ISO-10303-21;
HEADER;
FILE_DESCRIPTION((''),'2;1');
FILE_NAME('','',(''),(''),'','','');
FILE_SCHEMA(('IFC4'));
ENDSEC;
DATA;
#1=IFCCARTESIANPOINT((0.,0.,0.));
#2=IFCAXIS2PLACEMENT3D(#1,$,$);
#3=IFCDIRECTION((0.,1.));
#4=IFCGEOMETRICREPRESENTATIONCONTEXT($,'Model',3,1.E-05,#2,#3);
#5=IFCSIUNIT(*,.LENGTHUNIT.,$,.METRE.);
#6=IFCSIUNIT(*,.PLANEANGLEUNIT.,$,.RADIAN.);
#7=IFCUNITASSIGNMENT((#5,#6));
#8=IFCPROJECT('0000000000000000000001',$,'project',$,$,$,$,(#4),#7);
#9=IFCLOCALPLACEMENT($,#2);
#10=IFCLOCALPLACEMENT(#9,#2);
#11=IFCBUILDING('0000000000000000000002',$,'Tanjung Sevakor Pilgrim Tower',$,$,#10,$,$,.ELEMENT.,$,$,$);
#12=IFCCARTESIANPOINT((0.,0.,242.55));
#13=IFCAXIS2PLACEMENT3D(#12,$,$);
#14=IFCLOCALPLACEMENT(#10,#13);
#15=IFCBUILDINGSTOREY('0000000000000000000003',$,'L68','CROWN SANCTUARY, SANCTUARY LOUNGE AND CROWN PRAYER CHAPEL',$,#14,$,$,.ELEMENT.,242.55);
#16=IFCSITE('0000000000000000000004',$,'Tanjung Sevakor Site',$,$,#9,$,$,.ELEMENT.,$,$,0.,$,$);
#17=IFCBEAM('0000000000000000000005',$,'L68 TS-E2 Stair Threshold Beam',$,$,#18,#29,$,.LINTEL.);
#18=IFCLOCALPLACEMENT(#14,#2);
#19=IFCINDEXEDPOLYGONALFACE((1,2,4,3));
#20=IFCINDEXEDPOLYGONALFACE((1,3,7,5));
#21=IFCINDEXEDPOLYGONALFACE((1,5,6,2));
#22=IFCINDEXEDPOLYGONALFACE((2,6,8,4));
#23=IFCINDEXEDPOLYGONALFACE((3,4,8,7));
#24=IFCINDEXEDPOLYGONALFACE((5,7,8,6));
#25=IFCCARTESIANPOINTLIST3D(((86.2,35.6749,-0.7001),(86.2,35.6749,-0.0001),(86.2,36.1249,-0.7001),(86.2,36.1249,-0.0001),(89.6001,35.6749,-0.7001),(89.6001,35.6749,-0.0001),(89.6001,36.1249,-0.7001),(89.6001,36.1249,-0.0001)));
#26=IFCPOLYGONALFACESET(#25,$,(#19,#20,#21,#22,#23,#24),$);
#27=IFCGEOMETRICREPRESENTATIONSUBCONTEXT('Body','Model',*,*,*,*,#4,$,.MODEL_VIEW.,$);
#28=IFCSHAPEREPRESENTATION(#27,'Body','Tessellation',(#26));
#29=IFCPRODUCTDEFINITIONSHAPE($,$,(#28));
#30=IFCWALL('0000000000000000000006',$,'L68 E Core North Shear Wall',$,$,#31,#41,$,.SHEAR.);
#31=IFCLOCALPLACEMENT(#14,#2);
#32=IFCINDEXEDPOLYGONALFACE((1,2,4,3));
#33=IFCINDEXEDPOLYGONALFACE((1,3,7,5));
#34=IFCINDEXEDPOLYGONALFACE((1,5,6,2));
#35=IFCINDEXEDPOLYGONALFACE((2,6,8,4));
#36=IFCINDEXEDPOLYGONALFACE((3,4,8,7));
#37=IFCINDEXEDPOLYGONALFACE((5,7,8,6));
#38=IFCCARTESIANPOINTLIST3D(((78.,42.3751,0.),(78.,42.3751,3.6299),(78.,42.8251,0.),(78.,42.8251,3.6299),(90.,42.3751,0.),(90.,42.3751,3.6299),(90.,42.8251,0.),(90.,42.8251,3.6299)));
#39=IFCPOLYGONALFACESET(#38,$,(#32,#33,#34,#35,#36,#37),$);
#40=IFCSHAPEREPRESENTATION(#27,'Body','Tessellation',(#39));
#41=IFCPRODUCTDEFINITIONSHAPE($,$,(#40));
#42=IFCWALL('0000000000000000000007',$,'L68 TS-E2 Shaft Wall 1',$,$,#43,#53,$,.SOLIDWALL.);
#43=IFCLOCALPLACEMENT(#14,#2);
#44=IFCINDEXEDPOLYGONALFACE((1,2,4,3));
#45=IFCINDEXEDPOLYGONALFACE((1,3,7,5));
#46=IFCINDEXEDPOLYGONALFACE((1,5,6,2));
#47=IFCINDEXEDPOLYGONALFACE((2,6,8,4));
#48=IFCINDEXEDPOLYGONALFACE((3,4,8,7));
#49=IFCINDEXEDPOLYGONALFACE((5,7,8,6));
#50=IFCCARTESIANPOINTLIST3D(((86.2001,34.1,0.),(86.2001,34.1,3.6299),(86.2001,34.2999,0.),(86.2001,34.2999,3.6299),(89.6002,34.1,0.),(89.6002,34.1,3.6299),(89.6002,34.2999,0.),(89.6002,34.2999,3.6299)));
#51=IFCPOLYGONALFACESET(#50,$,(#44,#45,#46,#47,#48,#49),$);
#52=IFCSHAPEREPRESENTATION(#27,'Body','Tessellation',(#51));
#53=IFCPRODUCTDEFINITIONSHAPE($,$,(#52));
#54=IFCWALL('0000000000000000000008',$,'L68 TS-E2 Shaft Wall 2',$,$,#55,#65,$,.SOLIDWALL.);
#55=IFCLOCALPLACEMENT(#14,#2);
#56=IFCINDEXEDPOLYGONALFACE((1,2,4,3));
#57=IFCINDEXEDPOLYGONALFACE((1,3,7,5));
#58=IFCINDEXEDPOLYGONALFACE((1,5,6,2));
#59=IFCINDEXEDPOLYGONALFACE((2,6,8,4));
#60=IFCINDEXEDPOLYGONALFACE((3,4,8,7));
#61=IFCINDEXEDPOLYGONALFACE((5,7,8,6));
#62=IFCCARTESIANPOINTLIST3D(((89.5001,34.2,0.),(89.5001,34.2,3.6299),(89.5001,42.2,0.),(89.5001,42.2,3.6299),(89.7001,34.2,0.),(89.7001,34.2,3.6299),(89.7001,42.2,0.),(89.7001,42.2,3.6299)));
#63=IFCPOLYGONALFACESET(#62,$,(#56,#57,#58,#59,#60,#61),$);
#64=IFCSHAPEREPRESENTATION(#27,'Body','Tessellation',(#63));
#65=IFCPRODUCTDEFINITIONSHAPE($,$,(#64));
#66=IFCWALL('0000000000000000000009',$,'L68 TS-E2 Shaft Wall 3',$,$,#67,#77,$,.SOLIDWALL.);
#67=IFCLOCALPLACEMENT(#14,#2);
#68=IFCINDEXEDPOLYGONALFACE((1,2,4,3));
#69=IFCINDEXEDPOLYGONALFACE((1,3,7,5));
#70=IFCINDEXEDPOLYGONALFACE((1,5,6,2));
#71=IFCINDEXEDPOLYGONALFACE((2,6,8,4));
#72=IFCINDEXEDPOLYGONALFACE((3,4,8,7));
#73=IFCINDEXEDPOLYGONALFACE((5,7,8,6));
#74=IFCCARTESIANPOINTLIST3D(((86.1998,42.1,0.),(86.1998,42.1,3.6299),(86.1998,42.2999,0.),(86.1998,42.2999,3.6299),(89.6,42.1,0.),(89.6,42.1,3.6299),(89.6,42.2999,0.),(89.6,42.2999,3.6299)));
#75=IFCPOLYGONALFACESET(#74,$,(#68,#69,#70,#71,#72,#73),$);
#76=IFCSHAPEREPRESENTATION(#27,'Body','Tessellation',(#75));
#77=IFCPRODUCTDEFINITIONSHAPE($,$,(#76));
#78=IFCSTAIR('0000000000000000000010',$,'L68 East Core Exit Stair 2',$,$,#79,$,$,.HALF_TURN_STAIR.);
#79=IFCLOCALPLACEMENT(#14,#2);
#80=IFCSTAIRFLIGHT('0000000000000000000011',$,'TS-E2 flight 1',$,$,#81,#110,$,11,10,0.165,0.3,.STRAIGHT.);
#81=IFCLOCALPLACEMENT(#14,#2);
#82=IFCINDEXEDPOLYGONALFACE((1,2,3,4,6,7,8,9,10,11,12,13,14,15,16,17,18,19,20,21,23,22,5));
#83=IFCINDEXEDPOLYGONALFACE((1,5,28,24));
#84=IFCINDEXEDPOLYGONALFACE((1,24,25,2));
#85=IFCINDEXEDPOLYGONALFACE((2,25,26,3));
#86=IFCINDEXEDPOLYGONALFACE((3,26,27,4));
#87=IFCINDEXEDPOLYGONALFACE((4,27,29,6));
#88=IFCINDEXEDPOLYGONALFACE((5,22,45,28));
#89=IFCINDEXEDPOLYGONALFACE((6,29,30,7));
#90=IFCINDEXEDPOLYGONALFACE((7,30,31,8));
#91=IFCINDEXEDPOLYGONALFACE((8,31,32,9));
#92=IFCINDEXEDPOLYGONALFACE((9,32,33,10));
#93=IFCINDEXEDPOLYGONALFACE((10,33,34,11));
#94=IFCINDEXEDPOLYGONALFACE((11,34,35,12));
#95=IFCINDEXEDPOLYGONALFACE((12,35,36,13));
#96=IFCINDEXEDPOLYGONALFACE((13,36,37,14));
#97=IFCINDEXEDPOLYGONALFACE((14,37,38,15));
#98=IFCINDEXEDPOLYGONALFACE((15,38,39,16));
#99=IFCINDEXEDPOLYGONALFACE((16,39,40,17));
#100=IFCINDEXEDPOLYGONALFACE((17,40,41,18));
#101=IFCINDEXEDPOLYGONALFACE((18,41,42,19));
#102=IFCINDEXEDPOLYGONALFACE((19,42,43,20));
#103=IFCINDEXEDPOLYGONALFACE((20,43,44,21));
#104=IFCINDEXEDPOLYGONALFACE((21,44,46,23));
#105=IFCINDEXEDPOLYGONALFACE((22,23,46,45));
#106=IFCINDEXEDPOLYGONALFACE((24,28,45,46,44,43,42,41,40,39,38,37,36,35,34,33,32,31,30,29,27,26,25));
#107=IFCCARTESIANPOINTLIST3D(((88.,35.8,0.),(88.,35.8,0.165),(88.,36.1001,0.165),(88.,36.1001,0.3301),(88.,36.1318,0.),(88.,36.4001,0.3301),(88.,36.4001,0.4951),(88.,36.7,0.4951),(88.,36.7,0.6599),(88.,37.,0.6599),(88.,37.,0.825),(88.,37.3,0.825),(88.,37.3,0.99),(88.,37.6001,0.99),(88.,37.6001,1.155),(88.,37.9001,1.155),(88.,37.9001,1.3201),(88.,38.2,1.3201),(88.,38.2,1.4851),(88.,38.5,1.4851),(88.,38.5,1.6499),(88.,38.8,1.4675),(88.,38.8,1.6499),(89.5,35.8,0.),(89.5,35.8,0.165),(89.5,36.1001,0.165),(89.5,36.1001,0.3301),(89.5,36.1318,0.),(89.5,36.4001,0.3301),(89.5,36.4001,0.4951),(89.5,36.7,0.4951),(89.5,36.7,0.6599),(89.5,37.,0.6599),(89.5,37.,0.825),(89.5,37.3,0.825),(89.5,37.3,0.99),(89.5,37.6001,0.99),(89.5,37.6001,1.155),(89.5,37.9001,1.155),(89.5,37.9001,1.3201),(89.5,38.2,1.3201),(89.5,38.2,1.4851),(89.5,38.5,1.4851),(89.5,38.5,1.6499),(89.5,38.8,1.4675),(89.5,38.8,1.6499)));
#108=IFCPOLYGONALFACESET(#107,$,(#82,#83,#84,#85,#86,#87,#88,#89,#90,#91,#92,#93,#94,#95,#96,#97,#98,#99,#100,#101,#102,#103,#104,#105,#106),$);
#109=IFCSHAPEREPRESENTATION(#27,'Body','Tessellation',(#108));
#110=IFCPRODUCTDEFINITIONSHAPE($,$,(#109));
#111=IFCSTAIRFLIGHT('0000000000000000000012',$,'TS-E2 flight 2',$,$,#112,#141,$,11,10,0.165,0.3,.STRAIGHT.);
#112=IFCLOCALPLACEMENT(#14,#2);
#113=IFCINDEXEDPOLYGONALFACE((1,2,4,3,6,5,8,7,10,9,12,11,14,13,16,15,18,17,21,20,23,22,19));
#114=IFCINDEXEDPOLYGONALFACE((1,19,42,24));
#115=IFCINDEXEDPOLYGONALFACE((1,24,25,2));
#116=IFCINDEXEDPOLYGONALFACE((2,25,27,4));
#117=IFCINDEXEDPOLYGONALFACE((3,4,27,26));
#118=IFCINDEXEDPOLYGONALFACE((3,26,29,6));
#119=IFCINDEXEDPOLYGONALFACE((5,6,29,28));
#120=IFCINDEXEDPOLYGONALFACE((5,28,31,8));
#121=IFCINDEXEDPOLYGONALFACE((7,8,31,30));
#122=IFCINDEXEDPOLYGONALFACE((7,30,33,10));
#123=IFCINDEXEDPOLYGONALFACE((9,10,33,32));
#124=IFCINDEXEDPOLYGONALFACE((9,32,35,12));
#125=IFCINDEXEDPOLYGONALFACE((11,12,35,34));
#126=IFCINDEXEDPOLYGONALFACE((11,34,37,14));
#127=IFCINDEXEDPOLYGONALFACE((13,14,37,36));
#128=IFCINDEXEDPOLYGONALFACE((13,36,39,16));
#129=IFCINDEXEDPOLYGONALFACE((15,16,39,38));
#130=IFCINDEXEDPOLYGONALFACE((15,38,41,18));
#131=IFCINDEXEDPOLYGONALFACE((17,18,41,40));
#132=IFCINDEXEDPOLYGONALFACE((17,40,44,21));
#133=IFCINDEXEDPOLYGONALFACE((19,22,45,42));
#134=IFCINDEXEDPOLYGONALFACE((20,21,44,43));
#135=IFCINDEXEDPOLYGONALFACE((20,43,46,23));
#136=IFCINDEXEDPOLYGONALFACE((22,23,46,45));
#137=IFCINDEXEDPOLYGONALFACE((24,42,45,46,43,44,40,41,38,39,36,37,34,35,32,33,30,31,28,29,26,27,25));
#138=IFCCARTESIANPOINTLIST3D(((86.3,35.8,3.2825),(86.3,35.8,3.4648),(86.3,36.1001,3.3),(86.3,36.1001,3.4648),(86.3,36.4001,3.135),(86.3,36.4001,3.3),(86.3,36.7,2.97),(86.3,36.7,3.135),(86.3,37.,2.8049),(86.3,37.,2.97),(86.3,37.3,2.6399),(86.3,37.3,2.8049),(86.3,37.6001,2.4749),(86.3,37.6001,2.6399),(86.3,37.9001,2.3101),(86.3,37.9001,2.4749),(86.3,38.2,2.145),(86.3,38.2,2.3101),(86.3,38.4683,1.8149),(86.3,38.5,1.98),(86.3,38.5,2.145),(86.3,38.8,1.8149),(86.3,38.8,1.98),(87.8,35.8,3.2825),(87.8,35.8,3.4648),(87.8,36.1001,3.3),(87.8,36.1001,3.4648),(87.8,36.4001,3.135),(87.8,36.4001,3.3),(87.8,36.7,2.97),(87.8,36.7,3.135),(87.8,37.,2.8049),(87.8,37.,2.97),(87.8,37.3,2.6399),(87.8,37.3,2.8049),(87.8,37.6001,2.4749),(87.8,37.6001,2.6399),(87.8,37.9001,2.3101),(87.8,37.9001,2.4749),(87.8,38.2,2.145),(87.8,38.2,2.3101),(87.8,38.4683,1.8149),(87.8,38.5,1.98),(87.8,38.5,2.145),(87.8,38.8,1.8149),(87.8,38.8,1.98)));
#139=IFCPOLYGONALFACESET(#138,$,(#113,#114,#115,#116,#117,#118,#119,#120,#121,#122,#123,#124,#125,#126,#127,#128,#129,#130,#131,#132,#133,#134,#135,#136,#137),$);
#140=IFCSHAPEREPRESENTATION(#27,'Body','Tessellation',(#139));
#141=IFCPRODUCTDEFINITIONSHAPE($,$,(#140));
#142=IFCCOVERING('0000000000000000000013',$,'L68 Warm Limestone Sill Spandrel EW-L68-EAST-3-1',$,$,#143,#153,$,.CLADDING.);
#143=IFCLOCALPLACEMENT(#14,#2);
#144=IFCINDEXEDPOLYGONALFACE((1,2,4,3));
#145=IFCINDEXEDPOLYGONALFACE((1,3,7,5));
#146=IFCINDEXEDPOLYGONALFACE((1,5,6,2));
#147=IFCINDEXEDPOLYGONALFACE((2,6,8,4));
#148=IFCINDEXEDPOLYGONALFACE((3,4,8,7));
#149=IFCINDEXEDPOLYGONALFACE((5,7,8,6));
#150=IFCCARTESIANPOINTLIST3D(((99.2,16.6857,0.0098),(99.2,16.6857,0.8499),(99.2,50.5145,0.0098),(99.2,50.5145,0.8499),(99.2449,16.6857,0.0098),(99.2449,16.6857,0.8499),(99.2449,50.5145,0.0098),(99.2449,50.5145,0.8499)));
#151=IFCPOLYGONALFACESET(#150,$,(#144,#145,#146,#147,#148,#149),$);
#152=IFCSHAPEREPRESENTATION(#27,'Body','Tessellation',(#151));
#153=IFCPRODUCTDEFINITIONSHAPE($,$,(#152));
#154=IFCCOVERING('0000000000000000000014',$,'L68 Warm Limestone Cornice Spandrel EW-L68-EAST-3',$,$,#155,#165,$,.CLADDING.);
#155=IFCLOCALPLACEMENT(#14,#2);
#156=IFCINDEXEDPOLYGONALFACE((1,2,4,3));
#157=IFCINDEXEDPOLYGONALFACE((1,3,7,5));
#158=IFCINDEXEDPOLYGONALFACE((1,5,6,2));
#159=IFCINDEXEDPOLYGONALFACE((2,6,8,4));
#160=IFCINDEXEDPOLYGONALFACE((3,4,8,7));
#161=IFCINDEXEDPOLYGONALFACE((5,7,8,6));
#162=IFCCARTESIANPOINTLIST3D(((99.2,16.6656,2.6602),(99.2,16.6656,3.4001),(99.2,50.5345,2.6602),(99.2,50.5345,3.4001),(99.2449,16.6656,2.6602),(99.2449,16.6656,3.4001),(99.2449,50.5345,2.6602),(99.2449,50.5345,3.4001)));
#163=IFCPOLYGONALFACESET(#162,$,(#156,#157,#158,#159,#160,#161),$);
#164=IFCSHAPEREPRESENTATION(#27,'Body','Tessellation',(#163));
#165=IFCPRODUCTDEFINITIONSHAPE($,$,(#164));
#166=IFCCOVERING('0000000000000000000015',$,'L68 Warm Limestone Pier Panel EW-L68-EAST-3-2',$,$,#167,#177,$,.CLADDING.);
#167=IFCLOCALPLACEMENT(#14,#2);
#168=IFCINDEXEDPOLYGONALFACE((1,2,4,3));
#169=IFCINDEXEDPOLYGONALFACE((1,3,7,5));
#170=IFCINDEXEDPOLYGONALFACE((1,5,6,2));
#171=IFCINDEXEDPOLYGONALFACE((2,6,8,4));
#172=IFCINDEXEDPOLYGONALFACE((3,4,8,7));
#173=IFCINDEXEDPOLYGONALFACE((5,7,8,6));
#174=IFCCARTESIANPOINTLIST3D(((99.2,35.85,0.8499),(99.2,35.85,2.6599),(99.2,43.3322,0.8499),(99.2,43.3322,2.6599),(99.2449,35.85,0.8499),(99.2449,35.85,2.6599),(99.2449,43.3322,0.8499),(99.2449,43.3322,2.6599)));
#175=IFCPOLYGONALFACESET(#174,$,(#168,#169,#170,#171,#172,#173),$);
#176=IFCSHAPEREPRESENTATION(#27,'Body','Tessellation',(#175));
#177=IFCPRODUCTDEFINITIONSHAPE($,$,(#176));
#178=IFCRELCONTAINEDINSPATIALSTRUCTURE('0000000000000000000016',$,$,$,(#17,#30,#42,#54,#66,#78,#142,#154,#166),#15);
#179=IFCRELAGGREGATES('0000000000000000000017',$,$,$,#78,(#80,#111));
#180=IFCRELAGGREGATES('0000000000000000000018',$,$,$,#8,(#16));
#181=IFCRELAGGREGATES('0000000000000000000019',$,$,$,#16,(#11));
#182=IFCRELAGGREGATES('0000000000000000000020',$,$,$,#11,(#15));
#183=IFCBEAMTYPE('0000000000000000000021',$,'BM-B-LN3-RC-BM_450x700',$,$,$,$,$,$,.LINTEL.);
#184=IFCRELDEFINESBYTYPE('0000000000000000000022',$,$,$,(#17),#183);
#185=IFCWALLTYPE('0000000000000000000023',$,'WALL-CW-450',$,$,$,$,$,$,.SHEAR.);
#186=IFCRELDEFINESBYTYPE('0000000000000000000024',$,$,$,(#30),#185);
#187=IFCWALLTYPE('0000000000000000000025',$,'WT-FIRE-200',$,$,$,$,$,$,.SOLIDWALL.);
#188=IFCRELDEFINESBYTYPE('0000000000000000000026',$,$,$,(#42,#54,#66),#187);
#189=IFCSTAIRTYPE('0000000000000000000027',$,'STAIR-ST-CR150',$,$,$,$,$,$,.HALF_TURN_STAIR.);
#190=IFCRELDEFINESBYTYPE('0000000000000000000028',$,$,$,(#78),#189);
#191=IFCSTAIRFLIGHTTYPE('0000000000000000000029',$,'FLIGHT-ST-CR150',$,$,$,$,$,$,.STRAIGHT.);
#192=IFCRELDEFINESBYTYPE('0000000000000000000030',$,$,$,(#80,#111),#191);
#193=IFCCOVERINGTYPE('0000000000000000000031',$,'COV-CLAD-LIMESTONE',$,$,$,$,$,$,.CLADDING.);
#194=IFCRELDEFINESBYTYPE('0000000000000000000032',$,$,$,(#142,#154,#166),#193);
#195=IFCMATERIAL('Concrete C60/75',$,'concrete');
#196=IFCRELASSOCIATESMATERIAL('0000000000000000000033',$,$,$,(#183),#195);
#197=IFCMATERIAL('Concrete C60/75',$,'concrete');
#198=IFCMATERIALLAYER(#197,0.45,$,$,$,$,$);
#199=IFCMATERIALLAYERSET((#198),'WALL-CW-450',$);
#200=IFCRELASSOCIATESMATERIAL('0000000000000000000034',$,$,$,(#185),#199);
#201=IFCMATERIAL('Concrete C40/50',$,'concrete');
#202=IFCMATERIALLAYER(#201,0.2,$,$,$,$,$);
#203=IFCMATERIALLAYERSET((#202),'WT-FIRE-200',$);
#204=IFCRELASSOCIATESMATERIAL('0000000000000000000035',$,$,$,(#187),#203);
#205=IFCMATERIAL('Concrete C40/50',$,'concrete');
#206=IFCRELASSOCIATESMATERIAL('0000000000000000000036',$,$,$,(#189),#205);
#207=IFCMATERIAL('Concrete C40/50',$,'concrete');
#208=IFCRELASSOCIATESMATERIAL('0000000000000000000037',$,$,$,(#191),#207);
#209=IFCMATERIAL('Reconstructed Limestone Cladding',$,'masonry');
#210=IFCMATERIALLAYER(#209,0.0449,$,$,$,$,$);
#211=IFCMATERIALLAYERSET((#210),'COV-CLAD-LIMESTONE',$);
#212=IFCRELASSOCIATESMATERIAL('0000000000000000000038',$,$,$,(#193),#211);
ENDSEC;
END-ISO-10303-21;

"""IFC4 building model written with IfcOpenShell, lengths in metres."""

from ifc_helpers import new_model, si_unit, direction, frame, frame_2d, origin, origin_2d, place, context, subcontext, project, spatial, polyline, rectangle, outline, extrude, material, layer, layer_set, material_profile, profile_set, type_object, element, aggregate, save


model = new_model("IFC4")

# Units and contexts
model_context = context("Model", 3, precision=1e-05, world=origin(), true_north=direction((0.0, 1.0)))
body_context = subcontext(model_context, "Body", "Model", "MODEL_VIEW")
ifc_project = project(units=[si_unit("LENGTHUNIT", "METRE"), si_unit("PLANEANGLEUNIT", "RADIAN")], contexts=[model_context])

# Site, building, storey
site_placement = place(None, origin())
site = spatial("IfcSite", under=ifc_project, at=site_placement, Name="Tanjung Sevakor Site", CompositionType="ELEMENT", RefElevation=0.0)
building_placement = place(site_placement, origin())
building = spatial("IfcBuilding", under=site, at=building_placement, Name="Tanjung Sevakor Pilgrim Tower", CompositionType="ELEMENT")
storey_placement = place(building_placement, frame((0.0, 0.0, 242.55)))
storey = spatial("IfcBuildingStorey", under=building, at=storey_placement, Name="L68", Description="CROWN SANCTUARY, SANCTUARY LOUNGE AND CROWN PRAYER CHAPEL", CompositionType="ELEMENT", Elevation=242.55)

# Beam
ifc_material_1 = material(Name="Concrete C60/75", Category="concrete")
ifc_material_profile = material_profile(ifc_material_1, rectangle(XDim=0.45, YDim=0.7, at=origin_2d()))
ifc_profile_set = profile_set([ifc_material_profile], Name="Concrete C60/75")
beam_type = type_object("IfcBeamType", Name="BM-B-LN3-RC-BM_450x700", PredefinedType="LINTEL", material=ifc_profile_set)
beam_placement = place(storey_placement, frame((86.2, 35.8999, -0.3501), z_axis=(1.0, 0.0, 0.0), x_axis=(0.0, 1.0, 0.0)))
element("IfcBeam", 1, at=beam_placement, inside=storey, type_object=beam_type, Name="L68 TS-E2 Stair Threshold Beam", PredefinedType="LINTEL", context=body_context, shape_type="SweptSolid", body=[
    extrude(rectangle(XDim=0.45, YDim=0.7, at=origin_2d()), origin(), (0.0, 0.0, 1.0), 3.4001),
])

# Walls
ifc_material_2 = material(Name="Concrete C60/75", Category="concrete")
ifc_layer_1 = layer(ifc_material_2, 0.45)
ifc_layer_set_1 = layer_set([ifc_layer_1], Name="WALL-CW-450")
wall_type_1 = type_object("IfcWallType", Name="WALL-CW-450", PredefinedType="SHEAR", material=ifc_layer_set_1)
wall_1_placement = place(storey_placement, frame((90.0, 42.6001, 0.0), z_axis=(0.0, 0.0, 1.0), x_axis=(-1.0, 0.0, 0.0)))
element("IfcWall", 2, at=wall_1_placement, inside=storey, type_object=wall_type_1, Name="L68 E Core North Shear Wall", PredefinedType="SHEAR", context=body_context, shape_type="SweptSolid", body=[
    extrude(rectangle(XDim=12.0, YDim=0.45, at=frame_2d((6.0, 0.0))), origin(), (0.0, 0.0, 1.0), 3.6299),
])
ifc_material_3 = material(Name="Concrete C40/50", Category="concrete")
ifc_layer_2 = layer(ifc_material_3, 0.2)
ifc_layer_set_2 = layer_set([ifc_layer_2], Name="WT-FIRE-200")
wall_type_2 = type_object("IfcWallType", Name="WT-FIRE-200", PredefinedType="SOLIDWALL", material=ifc_layer_set_2)
wall_2_placement = place(storey_placement, frame((86.2, 34.2, 0.0), z_axis=(0.0, 0.0, 1.0), x_axis=(1.0, 0.0, 0.0)))
element("IfcWall", 3, at=wall_2_placement, inside=storey, type_object=wall_type_2, Name="L68 TS-E2 Shaft Wall 1", PredefinedType="SOLIDWALL", context=body_context, shape_type="SweptSolid", body=[
    extrude(rectangle(XDim=3.4001, YDim=0.2, at=frame_2d((1.7002, 0.0))), origin(), (0.0, 0.0, 1.0), 3.6299),
])
wall_3_placement = place(storey_placement, frame((89.6001, 34.2, 0.0), z_axis=(0.0, 0.0, 1.0), x_axis=(0.0, 1.0, 0.0)))
element("IfcWall", 4, at=wall_3_placement, inside=storey, type_object=wall_type_2, Name="L68 TS-E2 Shaft Wall 2", PredefinedType="SOLIDWALL", context=body_context, shape_type="SweptSolid", body=[
    extrude(rectangle(XDim=8.0, YDim=0.2, at=frame_2d((4.0, 0.0))), origin(), (0.0, 0.0, 1.0), 3.6299),
])
wall_4_placement = place(storey_placement, frame((89.6001, 42.2, 0.0), z_axis=(0.0, 0.0, 1.0), x_axis=(-1.0, 0.0, 0.0)))
element("IfcWall", 5, at=wall_4_placement, inside=storey, type_object=wall_type_2, Name="L68 TS-E2 Shaft Wall 3", PredefinedType="SOLIDWALL", context=body_context, shape_type="SweptSolid", body=[
    extrude(rectangle(XDim=3.4001, YDim=0.2, at=frame_2d((1.7002, 0.0))), origin(), (0.0, 0.0, 1.0), 3.6299),
])

# Stair, stair flights
ifc_material_4 = material(Name="Concrete C40/50", Category="concrete")
stair_type = type_object("IfcStairType", Name="STAIR-ST-CR150", PredefinedType="HALF_TURN_STAIR", material=ifc_material_4)
stair_placement = place(storey_placement, origin())
stair = element("IfcStair", 6, at=stair_placement, inside=storey, type_object=stair_type, Name="L68 East Core Exit Stair 2", PredefinedType="HALF_TURN_STAIR")
ifc_material_5 = material(Name="Concrete C40/50", Category="concrete")
stair_flight_type = type_object("IfcStairFlightType", Name="FLIGHT-ST-CR150", PredefinedType="STRAIGHT", material=ifc_material_5)
stair_flight_1_placement = place(storey_placement, frame((88.75, 35.8, 0.0), z_axis=(0.0, 0.0, 1.0), x_axis=(0.0, 1.0, 0.0)))
stair_flight_1 = element("IfcStairFlight", 7, at=stair_flight_1_placement, type_object=stair_flight_type, Name="TS-E2 flight 1", NumberOfRisers=11, NumberOfTreads=10, PredefinedType="STRAIGHT", RiserHeight=0.165, TreadLength=0.3, context=body_context, shape_type="SweptSolid", body=[
    extrude(outline(polyline([(0.0, 0.0), (0.0, 0.165), (0.3, 0.165), (0.3, 0.3301), (0.6001, 0.3301), (0.6001, 0.4951), (0.8999, 0.4951), (0.8999, 0.6599), (1.2, 0.6599), (1.2, 0.825), (1.5, 0.825), (1.5, 0.99), (1.8, 0.99), (1.8, 1.155), (2.1001, 1.155), (2.1001, 1.3201), (2.3999, 1.3201), (2.3999, 1.4851), (2.7, 1.4851), (2.7, 1.6499), (3.0, 1.6499), (3.0, 1.8149), (3.0, 1.4675), (0.3318, 0.0), (0.0, 0.0)])), frame((0.0, 0.75, 0.0), z_axis=(0.0, -1.0, 0.0), x_axis=(1.0, 0.0, 0.0)), (0.0, 0.0, 1.0), 1.5),
])
stair_flight_2_placement = place(storey_placement, frame((87.05, 38.8, 1.8149), z_axis=(0.0, 0.0, 1.0), x_axis=(0.0, -1.0, 0.0)))
stair_flight_2 = element("IfcStairFlight", 8, at=stair_flight_2_placement, type_object=stair_flight_type, Name="TS-E2 flight 2", NumberOfRisers=11, NumberOfTreads=10, PredefinedType="STRAIGHT", RiserHeight=0.165, TreadLength=0.3, context=body_context, shape_type="SweptSolid", body=[
    extrude(outline(polyline([(0.0, 0.0), (0.0, 0.165), (0.3, 0.165), (0.3, 0.3301), (0.6001, 0.3301), (0.6001, 0.4951), (0.8999, 0.4951), (0.8999, 0.6599), (1.2, 0.6599), (1.2, 0.825), (1.5, 0.825), (1.5, 0.99), (1.8, 0.99), (1.8, 1.155), (2.1001, 1.155), (2.1001, 1.3201), (2.3999, 1.3201), (2.3999, 1.4851), (2.7, 1.4851), (2.7, 1.6499), (3.0, 1.6499), (3.0, 1.8149), (3.0, 1.4675), (0.3318, 0.0), (0.0, 0.0)])), frame((0.0, 0.75, 0.0), z_axis=(0.0, -1.0, 0.0), x_axis=(1.0, 0.0, 0.0)), (0.0, 0.0, 1.0), 1.5),
])
aggregate(stair, [stair_flight_1, stair_flight_2])

# Coverings
ifc_material_6 = material(Name="Reconstructed Limestone Cladding", Category="masonry")
ifc_layer_3 = layer(ifc_material_6, 0.0449)
ifc_layer_set_3 = layer_set([ifc_layer_3], Name="COV-CLAD-LIMESTONE")
covering_type = type_object("IfcCoveringType", Name="COV-CLAD-LIMESTONE", PredefinedType="CLADDING", material=ifc_layer_set_3)
covering_1_placement = place(storey_placement, frame((99.2224, 33.6001, 0.0098), z_axis=(0.0, 0.0, 1.0), x_axis=(0.0, 1.0, 0.0)))
element("IfcCovering", 9, at=covering_1_placement, inside=storey, type_object=covering_type, Name="L68 Warm Limestone Sill Spandrel EW-L68-EAST-3-1", PredefinedType="CLADDING", context=body_context, shape_type="SweptSolid", body=[
    extrude(rectangle(XDim=33.8289, YDim=0.0449, at=origin_2d()), origin(), (0.0, 0.0, 1.0), 0.8401),
])
covering_2_placement = place(storey_placement, frame((99.2224, 33.6001, 2.6602), z_axis=(0.0, 0.0, 1.0), x_axis=(0.0, 1.0, 0.0)))
element("IfcCovering", 10, at=covering_2_placement, inside=storey, type_object=covering_type, Name="L68 Warm Limestone Cornice Spandrel EW-L68-EAST-3", PredefinedType="CLADDING", context=body_context, shape_type="SweptSolid", body=[
    extrude(rectangle(XDim=33.8689, YDim=0.0449, at=origin_2d()), origin(), (0.0, 0.0, 1.0), 0.74),
])
covering_3_placement = place(storey_placement, frame((99.2224, 39.5911, 0.8499), z_axis=(0.0, 0.0, 1.0), x_axis=(0.0, 1.0, 0.0)))
element("IfcCovering", 11, at=covering_3_placement, inside=storey, type_object=covering_type, Name="L68 Warm Limestone Pier Panel EW-L68-EAST-3-2", PredefinedType="CLADDING", context=body_context, shape_type="SweptSolid", body=[
    extrude(rectangle(XDim=7.4822, YDim=0.0449, at=origin_2d()), origin(), (0.0, 0.0, 1.0), 1.8101),
])

save(model, "model.ifc")
